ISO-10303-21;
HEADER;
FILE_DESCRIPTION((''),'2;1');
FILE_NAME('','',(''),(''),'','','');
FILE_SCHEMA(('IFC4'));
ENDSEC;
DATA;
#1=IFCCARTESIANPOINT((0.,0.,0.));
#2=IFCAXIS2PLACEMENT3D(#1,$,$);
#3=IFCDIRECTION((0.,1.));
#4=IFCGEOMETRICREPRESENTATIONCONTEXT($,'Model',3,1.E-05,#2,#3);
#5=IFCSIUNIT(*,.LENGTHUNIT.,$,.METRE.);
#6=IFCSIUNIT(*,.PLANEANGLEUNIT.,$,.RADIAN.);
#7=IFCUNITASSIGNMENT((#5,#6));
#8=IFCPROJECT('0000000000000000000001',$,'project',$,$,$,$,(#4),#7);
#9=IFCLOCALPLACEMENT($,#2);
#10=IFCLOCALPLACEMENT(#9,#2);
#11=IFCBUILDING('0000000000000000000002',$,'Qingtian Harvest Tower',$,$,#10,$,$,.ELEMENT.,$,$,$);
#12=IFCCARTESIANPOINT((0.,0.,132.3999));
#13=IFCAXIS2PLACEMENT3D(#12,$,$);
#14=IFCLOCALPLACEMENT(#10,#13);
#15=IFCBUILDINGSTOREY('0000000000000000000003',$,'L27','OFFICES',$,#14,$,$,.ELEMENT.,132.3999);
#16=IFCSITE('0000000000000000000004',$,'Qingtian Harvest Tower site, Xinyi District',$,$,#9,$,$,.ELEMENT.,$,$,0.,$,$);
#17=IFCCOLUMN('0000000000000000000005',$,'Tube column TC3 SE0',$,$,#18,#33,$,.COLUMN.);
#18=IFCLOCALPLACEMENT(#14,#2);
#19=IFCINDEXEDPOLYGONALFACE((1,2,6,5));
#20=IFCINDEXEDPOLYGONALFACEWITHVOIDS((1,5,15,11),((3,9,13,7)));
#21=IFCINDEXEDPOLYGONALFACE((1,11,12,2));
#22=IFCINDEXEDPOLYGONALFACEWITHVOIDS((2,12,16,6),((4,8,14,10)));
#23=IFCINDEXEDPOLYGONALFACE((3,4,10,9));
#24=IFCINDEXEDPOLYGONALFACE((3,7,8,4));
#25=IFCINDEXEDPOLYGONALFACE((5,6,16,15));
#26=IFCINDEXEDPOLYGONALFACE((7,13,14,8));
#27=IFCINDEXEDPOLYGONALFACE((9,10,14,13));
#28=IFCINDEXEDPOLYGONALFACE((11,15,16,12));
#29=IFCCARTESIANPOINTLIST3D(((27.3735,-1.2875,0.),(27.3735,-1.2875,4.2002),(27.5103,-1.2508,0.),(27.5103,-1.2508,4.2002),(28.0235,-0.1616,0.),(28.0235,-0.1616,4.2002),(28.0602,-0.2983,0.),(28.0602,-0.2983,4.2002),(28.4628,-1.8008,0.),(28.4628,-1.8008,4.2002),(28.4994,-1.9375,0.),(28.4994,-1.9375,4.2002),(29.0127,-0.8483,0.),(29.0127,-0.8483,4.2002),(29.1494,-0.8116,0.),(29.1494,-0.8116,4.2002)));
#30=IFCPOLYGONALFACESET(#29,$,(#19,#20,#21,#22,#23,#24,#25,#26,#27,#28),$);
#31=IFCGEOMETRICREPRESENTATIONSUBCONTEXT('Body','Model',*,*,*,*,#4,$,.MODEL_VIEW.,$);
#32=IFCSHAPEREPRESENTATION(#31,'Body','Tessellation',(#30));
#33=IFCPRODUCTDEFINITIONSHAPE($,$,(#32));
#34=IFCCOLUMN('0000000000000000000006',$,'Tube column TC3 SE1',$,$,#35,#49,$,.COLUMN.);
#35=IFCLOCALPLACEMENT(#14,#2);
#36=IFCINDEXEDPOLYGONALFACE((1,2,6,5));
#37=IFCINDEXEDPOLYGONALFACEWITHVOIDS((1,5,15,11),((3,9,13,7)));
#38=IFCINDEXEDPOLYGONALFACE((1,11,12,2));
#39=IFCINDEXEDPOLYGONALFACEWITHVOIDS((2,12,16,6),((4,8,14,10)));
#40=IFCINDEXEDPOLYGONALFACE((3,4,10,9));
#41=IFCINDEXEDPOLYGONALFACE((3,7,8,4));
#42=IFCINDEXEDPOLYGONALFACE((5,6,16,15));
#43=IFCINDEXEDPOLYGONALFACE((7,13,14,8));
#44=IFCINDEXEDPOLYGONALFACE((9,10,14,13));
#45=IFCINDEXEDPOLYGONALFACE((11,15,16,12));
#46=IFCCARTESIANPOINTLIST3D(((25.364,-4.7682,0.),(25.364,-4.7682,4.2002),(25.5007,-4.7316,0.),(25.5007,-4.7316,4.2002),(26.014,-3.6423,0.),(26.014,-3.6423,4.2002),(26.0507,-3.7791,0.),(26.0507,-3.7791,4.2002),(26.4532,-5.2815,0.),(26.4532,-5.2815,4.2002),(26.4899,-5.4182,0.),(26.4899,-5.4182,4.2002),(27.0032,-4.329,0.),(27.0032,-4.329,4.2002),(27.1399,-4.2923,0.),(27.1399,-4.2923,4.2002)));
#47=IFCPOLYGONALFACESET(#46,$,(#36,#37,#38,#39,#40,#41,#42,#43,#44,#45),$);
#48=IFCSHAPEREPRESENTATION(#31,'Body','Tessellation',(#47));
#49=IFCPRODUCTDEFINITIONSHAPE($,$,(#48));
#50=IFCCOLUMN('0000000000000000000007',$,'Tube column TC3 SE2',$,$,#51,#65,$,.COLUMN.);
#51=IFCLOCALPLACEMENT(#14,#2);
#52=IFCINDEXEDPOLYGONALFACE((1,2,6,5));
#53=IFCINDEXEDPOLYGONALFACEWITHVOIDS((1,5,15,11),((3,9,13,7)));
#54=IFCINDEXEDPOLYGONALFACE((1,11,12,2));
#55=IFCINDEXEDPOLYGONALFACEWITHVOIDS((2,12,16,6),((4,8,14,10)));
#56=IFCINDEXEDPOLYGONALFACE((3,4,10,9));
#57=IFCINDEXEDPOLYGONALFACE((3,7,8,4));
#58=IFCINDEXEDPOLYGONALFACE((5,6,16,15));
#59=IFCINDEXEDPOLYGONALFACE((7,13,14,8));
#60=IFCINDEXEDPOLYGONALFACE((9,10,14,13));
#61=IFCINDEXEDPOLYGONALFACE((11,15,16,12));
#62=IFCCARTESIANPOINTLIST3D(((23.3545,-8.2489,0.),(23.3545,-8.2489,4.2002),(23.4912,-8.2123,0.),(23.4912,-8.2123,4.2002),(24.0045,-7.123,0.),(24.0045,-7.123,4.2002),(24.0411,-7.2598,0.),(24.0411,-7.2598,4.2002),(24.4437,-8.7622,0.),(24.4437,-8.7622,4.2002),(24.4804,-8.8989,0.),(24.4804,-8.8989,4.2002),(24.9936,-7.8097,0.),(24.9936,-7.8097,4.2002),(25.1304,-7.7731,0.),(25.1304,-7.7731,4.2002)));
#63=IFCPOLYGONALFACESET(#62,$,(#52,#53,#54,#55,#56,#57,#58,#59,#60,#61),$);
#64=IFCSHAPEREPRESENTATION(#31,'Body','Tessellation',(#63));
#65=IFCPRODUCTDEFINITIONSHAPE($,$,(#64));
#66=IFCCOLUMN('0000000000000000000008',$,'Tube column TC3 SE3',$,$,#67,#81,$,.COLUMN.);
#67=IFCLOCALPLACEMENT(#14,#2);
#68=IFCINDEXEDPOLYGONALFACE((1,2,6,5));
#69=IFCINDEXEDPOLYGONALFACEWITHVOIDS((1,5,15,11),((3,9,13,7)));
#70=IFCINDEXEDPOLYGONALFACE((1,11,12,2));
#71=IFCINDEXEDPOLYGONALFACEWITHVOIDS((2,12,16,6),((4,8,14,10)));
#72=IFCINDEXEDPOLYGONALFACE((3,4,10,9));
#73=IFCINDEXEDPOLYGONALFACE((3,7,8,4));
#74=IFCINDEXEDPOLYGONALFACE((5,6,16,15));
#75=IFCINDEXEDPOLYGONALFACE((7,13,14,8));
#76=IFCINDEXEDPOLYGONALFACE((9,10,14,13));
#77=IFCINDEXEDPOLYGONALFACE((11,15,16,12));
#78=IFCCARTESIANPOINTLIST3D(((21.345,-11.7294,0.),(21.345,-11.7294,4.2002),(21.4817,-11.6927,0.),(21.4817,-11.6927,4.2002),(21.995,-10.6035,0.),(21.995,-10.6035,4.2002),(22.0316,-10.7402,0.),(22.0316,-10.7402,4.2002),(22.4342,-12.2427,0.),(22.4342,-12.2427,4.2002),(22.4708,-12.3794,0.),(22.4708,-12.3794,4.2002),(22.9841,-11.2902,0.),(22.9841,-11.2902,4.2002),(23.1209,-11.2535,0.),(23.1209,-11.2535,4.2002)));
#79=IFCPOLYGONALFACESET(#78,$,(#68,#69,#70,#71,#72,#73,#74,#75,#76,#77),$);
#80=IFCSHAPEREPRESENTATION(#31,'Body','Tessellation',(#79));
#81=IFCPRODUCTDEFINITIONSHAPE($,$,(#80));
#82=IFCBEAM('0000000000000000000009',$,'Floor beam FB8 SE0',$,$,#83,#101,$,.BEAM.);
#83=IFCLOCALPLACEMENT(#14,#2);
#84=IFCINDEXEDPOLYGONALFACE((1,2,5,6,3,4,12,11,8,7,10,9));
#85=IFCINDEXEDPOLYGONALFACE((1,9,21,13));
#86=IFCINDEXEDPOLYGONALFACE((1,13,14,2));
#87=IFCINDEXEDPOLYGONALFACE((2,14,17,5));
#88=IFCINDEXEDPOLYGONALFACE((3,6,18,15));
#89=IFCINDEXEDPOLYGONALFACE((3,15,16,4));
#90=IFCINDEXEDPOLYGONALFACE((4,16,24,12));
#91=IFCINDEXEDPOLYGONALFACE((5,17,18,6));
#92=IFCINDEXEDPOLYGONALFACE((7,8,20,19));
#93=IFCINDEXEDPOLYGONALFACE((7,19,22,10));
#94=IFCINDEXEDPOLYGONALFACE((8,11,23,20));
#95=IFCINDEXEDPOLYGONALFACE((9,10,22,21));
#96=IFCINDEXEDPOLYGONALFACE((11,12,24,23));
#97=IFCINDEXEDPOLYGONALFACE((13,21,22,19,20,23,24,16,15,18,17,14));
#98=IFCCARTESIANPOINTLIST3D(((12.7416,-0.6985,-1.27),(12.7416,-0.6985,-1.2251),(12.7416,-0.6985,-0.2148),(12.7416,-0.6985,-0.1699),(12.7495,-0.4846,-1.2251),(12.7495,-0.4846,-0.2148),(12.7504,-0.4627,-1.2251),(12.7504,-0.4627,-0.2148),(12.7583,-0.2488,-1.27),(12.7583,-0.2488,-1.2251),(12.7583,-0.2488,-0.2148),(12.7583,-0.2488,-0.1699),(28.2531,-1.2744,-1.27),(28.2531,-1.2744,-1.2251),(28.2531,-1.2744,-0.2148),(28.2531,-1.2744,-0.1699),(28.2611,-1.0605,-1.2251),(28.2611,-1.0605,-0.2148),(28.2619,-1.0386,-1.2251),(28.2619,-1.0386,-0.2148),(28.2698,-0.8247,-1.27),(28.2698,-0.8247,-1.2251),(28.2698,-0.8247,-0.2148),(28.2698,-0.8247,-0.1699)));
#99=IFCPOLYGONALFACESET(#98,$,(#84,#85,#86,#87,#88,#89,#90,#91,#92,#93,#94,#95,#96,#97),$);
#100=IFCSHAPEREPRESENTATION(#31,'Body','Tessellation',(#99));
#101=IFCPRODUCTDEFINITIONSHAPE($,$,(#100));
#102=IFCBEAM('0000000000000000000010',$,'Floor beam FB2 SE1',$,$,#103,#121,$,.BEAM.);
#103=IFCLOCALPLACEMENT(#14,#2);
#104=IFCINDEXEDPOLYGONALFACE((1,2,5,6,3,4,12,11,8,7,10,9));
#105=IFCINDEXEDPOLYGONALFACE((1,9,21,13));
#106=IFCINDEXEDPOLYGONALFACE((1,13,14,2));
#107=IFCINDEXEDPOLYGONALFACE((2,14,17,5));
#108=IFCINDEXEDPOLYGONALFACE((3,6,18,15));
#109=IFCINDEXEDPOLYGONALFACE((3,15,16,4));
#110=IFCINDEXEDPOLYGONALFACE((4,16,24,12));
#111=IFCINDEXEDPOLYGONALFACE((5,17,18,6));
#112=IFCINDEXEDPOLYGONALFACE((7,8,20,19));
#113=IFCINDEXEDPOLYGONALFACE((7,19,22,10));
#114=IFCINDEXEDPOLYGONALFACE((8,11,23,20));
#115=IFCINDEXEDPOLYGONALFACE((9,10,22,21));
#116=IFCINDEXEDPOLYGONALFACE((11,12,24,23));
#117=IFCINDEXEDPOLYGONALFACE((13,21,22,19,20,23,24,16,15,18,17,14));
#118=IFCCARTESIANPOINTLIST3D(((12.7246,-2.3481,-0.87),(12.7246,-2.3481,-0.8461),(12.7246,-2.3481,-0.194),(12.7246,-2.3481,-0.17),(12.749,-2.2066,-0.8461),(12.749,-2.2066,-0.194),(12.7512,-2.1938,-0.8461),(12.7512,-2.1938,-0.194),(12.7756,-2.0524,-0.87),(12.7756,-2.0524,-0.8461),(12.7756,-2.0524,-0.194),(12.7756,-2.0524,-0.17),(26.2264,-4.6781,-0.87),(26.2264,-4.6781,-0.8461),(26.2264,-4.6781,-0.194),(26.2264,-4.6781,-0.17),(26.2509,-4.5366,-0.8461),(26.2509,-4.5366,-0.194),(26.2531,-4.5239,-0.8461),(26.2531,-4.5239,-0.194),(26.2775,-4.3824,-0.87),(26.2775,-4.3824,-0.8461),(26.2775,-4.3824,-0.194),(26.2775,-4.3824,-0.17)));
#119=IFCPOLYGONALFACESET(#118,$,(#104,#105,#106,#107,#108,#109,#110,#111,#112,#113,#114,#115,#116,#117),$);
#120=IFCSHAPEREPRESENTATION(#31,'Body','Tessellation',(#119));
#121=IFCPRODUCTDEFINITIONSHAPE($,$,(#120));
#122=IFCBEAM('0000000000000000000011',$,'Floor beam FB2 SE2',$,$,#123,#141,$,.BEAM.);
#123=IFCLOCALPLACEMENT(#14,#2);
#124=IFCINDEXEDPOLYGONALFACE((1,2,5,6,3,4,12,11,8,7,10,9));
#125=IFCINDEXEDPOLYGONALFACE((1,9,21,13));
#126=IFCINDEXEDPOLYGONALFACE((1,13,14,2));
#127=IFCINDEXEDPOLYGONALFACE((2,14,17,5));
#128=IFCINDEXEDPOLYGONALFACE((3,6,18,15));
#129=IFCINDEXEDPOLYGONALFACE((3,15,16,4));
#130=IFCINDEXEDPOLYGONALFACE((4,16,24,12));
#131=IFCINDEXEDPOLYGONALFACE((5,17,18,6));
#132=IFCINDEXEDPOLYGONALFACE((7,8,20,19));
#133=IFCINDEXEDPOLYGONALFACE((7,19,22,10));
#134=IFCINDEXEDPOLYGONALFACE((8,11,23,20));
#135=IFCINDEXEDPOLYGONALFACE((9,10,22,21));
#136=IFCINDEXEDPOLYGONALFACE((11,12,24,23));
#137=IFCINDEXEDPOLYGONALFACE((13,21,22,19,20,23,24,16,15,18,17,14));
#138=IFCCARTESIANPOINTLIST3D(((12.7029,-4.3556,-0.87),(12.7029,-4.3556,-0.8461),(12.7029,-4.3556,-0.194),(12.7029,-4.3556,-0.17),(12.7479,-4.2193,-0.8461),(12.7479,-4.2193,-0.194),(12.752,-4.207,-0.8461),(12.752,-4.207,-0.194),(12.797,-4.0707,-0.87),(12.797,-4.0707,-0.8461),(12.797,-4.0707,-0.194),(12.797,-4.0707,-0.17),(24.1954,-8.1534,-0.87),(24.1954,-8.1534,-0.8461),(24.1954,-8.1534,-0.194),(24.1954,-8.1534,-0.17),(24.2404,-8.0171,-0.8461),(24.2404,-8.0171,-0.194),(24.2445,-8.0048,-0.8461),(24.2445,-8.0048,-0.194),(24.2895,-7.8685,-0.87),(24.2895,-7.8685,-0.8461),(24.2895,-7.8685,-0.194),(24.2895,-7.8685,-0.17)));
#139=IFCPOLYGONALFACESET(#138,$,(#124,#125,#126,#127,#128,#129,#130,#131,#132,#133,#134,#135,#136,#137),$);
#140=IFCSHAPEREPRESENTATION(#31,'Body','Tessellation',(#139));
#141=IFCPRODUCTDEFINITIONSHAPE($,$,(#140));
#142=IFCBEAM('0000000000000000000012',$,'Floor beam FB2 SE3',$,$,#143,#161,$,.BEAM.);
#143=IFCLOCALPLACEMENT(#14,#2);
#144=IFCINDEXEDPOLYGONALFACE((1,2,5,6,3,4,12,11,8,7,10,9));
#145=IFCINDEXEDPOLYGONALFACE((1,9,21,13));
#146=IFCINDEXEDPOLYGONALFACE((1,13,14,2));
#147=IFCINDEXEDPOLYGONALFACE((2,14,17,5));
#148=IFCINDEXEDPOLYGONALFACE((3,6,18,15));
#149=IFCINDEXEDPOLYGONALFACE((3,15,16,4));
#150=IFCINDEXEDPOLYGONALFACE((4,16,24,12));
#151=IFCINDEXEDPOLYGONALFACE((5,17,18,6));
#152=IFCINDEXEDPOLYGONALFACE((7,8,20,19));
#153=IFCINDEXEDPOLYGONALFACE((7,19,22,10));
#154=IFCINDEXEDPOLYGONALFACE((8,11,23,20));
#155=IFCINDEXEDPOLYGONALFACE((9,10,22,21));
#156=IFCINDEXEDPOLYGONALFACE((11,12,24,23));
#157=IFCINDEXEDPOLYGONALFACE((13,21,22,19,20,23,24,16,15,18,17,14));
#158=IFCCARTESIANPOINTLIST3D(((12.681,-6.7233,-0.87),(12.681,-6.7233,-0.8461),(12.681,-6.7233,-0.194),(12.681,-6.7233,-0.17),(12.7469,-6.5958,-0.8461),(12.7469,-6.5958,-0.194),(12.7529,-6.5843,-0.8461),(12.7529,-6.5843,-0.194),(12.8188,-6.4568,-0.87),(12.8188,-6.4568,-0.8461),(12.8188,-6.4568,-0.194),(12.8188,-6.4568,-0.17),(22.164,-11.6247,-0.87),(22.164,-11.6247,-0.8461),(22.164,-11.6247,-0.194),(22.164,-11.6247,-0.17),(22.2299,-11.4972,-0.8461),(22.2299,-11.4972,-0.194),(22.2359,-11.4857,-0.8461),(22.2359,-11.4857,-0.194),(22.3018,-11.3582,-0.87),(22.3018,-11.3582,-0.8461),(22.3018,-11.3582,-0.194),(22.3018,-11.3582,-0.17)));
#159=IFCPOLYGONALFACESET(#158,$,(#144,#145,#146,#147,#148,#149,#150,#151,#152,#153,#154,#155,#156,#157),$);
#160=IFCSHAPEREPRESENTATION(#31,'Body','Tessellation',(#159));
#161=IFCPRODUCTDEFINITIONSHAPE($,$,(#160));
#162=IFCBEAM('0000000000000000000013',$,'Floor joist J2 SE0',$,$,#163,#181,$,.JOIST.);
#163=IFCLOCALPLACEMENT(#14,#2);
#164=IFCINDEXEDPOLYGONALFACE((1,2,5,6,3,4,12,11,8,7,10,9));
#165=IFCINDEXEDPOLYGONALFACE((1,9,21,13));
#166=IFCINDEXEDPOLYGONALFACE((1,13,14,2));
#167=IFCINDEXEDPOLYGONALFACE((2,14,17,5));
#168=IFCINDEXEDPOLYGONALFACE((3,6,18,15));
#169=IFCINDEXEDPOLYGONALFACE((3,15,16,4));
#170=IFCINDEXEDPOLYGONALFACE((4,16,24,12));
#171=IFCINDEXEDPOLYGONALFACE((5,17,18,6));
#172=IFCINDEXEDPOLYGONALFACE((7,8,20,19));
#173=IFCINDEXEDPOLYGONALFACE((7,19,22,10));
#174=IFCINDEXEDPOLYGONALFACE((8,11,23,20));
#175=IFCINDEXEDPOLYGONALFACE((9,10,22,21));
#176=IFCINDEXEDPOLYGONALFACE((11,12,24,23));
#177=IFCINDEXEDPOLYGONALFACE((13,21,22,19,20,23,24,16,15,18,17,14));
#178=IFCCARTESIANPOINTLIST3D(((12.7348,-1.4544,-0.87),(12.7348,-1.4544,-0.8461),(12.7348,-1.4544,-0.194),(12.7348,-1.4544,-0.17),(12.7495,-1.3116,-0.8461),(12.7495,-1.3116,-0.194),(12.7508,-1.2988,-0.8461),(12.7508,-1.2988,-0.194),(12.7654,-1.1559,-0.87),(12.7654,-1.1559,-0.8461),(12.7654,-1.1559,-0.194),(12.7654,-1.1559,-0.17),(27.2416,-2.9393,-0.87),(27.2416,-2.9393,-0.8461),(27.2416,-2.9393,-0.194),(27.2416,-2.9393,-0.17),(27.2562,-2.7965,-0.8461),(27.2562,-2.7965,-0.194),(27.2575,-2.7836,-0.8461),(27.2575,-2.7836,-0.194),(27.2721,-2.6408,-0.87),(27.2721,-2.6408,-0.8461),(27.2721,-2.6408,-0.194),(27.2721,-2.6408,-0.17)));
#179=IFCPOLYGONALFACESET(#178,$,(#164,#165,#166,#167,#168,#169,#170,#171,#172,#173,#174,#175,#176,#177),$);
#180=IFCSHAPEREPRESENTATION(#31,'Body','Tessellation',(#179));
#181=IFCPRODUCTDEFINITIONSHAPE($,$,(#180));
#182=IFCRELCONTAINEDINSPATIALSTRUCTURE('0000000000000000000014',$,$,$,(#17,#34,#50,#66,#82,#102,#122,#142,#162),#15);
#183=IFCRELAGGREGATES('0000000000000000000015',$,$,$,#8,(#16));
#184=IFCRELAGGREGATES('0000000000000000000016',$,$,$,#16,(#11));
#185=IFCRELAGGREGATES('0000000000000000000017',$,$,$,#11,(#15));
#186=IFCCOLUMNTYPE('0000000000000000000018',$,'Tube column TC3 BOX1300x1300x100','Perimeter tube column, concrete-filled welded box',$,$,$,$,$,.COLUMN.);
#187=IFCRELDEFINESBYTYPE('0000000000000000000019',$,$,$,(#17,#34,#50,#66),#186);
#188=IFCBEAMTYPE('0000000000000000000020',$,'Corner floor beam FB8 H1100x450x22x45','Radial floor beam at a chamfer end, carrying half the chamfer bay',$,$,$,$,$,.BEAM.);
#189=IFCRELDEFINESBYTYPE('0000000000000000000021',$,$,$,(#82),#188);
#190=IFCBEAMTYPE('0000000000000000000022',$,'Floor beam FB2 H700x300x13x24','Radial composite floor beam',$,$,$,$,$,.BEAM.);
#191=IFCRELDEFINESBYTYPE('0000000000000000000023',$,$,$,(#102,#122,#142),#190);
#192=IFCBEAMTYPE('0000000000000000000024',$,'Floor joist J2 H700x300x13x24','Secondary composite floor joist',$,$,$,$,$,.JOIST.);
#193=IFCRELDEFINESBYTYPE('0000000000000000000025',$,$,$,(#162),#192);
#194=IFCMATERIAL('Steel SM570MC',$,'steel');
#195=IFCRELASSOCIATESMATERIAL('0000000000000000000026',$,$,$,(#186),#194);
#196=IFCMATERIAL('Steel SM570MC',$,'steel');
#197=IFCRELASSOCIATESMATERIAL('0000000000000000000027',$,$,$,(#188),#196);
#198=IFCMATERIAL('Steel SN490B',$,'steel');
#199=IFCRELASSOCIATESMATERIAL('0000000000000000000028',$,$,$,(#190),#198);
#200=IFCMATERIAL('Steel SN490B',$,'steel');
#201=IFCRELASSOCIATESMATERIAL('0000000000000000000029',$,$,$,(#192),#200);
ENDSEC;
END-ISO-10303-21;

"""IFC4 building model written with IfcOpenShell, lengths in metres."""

from ifc_helpers import new_model, si_unit, direction, frame, origin, origin_2d, place, context, subcontext, project, spatial, hollow_rectangle, i_section, extrude, material, material_profile, profile_set, type_object, element, save


model = new_model("IFC4")

# Units and contexts
model_context = context("Model", 3, precision=1e-05, world=origin(), true_north=direction((0.0, 1.0)))
body_context = subcontext(model_context, "Body", "Model", "MODEL_VIEW")
ifc_project = project(units=[si_unit("LENGTHUNIT", "METRE"), si_unit("PLANEANGLEUNIT", "RADIAN")], contexts=[model_context])

# Site, building, storey
site_placement = place(None, origin())
site = spatial("IfcSite", under=ifc_project, at=site_placement, Name="Qingtian Harvest Tower site, Xinyi District", CompositionType="ELEMENT", RefElevation=0.0)
building_placement = place(site_placement, origin())
building = spatial("IfcBuilding", under=site, at=building_placement, Name="Qingtian Harvest Tower", CompositionType="ELEMENT")
storey_placement = place(building_placement, frame((0.0, 0.0, 132.3999)))
storey = spatial("IfcBuildingStorey", under=building, at=storey_placement, Name="L27", Description="OFFICES", CompositionType="ELEMENT", Elevation=132.3999)

# Columns
ifc_material_1 = material(Name="Steel SM570MC", Category="steel")
ifc_material_profile_1 = material_profile(ifc_material_1, hollow_rectangle(XDim=1.3, YDim=1.3, WallThickness=0.1001, at=origin_2d()), Name="BOX1300x1300x100")
ifc_profile_set_1 = profile_set([ifc_material_profile_1], Name="Steel SM570MC")
column_type = type_object("IfcColumnType", Name="Tube column TC3 BOX1300x1300x100", Description="Perimeter tube column, concrete-filled welded box", PredefinedType="COLUMN", material=ifc_profile_set_1)
for number, where, z_axis, x_axis, name in (
    (1, (28.2615, -1.0496, 0.0), (0.0, 0.0, 1.0), (0.5, 0.866025, 0.0), "Tube column TC3 SE0"),
    (2, (26.252, -4.5303, 0.0), (0.0, 0.0, 1.0), (0.5, 0.866025, 0.0), "Tube column TC3 SE1"),
    (3, (24.2424, -8.011, 0.0), (0.0, 0.0, 1.0), (0.5, 0.866025, 0.0), "Tube column TC3 SE2"),
    (4, (22.2329, -11.4915, 0.0), (0.0, 0.0, 1.0), (0.5, 0.866025, 0.0), "Tube column TC3 SE3"),
):
    element("IfcColumn", number, at=place(storey_placement, frame(where, z_axis=z_axis, x_axis=x_axis)), inside=storey, type_object=column_type, Name=name, PredefinedType="COLUMN", context=body_context, shape_type="SweptSolid", body=[
        extrude(hollow_rectangle(XDim=1.3, YDim=1.3, WallThickness=0.1001, at=origin_2d()), origin(), (0.0, 0.0, 1.0), 4.2002),
    ])

# Beams
ifc_material_2 = material(Name="Steel SM570MC", Category="steel")
ifc_material_profile_2 = material_profile(ifc_material_2, i_section(OverallWidth=0.45, OverallDepth=1.1001, WebThickness=0.022, FlangeThickness=0.0449, at=origin_2d()), Name="H1100x450x22x45")
ifc_profile_set_2 = profile_set([ifc_material_profile_2], Name="Steel SM570MC")
beam_type_1 = type_object("IfcBeamType", Name="Corner floor beam FB8 H1100x450x22x45", Description="Radial floor beam at a chamfer end, carrying half the chamfer bay", PredefinedType="BEAM", material=ifc_profile_set_2)
beam_1_placement = place(storey_placement, frame((28.2615, -1.0496, -0.72), z_axis=(-0.999311, 0.037104, 0.0), x_axis=(-0.037104, -0.999311, 0.0)))
element("IfcBeam", 5, at=beam_1_placement, inside=storey, type_object=beam_type_1, Name="Floor beam FB8 SE0", PredefinedType="BEAM", context=body_context, shape_type="SweptSolid", body=[
    extrude(i_section(OverallWidth=0.45, OverallDepth=1.1001, WebThickness=0.022, FlangeThickness=0.0449, at=origin_2d()), origin(), (0.0, 0.0, 1.0), 15.5222),
])
ifc_material_3 = material(Name="Steel SN490B", Category="steel")
ifc_material_profile_3 = material_profile(ifc_material_3, i_section(OverallWidth=0.3, OverallDepth=0.7, WebThickness=0.0129, FlangeThickness=0.0239, at=origin_2d()), Name="H700x300x13x24")
ifc_profile_set_3 = profile_set([ifc_material_profile_3], Name="Steel SN490B")
beam_type_2 = type_object("IfcBeamType", Name="Floor beam FB2 H700x300x13x24", Description="Radial composite floor beam", PredefinedType="BEAM", material=ifc_profile_set_3)
beam_2_placement = place(storey_placement, frame((26.252, -4.5303, -0.52), z_axis=(-0.985434, 0.17006, 0.0), x_axis=(-0.17006, -0.985434, 0.0)))
element("IfcBeam", 6, at=beam_2_placement, inside=storey, type_object=beam_type_2, Name="Floor beam FB2 SE1", PredefinedType="BEAM", context=body_context, shape_type="SweptSolid", body=[
    extrude(i_section(OverallWidth=0.3, OverallDepth=0.7, WebThickness=0.0129, FlangeThickness=0.0239, at=origin_2d()), origin(), (0.0, 0.0, 1.0), 13.7014),
])
beam_3_placement = place(storey_placement, frame((24.2424, -8.011, -0.52), z_axis=(-0.949497, 0.313776, 0.0), x_axis=(-0.313776, -0.949497, 0.0)))
element("IfcBeam", 7, at=beam_3_placement, inside=storey, type_object=beam_type_2, Name="Floor beam FB2 SE2", PredefinedType="BEAM", context=body_context, shape_type="SweptSolid", body=[
    extrude(i_section(OverallWidth=0.3, OverallDepth=0.7, WebThickness=0.0129, FlangeThickness=0.0239, at=origin_2d()), origin(), (0.0, 0.0, 1.0), 12.1038),
])
beam_4_placement = place(storey_placement, frame((22.2329, -11.4915, -0.52), z_axis=(-0.888355, 0.459158, 0.0), x_axis=(-0.459158, -0.888355, 0.0)))
element("IfcBeam", 8, at=beam_4_placement, inside=storey, type_object=beam_type_2, Name="Floor beam FB2 SE3", PredefinedType="BEAM", context=body_context, shape_type="SweptSolid", body=[
    extrude(i_section(OverallWidth=0.3, OverallDepth=0.7, WebThickness=0.0129, FlangeThickness=0.0239, at=origin_2d()), origin(), (0.0, 0.0, 1.0), 10.6748),
])
ifc_material_4 = material(Name="Steel SN490B", Category="steel")
ifc_material_profile_4 = material_profile(ifc_material_4, i_section(OverallWidth=0.3, OverallDepth=0.7, WebThickness=0.0129, FlangeThickness=0.0239, at=origin_2d()), Name="H700x300x13x24")
ifc_profile_set_4 = profile_set([ifc_material_profile_4], Name="Steel SN490B")
beam_type_3 = type_object("IfcBeamType", Name="Floor joist J2 H700x300x13x24", Description="Secondary composite floor joist", PredefinedType="JOIST", material=ifc_profile_set_4)
beam_5_placement = place(storey_placement, frame((27.2568, -2.79, -0.52), z_axis=(-0.994802, 0.101824, 0.0), x_axis=(-0.101824, -0.994802, 0.0)))
element("IfcBeam", 9, at=beam_5_placement, inside=storey, type_object=beam_type_3, Name="Floor joist J2 SE0", PredefinedType="JOIST", context=body_context, shape_type="SweptSolid", body=[
    extrude(i_section(OverallWidth=0.3, OverallDepth=0.7, WebThickness=0.0129, FlangeThickness=0.0239, at=origin_2d()), origin(), (0.0, 0.0, 1.0), 14.5825),
])

save(model, "model.ifc")
